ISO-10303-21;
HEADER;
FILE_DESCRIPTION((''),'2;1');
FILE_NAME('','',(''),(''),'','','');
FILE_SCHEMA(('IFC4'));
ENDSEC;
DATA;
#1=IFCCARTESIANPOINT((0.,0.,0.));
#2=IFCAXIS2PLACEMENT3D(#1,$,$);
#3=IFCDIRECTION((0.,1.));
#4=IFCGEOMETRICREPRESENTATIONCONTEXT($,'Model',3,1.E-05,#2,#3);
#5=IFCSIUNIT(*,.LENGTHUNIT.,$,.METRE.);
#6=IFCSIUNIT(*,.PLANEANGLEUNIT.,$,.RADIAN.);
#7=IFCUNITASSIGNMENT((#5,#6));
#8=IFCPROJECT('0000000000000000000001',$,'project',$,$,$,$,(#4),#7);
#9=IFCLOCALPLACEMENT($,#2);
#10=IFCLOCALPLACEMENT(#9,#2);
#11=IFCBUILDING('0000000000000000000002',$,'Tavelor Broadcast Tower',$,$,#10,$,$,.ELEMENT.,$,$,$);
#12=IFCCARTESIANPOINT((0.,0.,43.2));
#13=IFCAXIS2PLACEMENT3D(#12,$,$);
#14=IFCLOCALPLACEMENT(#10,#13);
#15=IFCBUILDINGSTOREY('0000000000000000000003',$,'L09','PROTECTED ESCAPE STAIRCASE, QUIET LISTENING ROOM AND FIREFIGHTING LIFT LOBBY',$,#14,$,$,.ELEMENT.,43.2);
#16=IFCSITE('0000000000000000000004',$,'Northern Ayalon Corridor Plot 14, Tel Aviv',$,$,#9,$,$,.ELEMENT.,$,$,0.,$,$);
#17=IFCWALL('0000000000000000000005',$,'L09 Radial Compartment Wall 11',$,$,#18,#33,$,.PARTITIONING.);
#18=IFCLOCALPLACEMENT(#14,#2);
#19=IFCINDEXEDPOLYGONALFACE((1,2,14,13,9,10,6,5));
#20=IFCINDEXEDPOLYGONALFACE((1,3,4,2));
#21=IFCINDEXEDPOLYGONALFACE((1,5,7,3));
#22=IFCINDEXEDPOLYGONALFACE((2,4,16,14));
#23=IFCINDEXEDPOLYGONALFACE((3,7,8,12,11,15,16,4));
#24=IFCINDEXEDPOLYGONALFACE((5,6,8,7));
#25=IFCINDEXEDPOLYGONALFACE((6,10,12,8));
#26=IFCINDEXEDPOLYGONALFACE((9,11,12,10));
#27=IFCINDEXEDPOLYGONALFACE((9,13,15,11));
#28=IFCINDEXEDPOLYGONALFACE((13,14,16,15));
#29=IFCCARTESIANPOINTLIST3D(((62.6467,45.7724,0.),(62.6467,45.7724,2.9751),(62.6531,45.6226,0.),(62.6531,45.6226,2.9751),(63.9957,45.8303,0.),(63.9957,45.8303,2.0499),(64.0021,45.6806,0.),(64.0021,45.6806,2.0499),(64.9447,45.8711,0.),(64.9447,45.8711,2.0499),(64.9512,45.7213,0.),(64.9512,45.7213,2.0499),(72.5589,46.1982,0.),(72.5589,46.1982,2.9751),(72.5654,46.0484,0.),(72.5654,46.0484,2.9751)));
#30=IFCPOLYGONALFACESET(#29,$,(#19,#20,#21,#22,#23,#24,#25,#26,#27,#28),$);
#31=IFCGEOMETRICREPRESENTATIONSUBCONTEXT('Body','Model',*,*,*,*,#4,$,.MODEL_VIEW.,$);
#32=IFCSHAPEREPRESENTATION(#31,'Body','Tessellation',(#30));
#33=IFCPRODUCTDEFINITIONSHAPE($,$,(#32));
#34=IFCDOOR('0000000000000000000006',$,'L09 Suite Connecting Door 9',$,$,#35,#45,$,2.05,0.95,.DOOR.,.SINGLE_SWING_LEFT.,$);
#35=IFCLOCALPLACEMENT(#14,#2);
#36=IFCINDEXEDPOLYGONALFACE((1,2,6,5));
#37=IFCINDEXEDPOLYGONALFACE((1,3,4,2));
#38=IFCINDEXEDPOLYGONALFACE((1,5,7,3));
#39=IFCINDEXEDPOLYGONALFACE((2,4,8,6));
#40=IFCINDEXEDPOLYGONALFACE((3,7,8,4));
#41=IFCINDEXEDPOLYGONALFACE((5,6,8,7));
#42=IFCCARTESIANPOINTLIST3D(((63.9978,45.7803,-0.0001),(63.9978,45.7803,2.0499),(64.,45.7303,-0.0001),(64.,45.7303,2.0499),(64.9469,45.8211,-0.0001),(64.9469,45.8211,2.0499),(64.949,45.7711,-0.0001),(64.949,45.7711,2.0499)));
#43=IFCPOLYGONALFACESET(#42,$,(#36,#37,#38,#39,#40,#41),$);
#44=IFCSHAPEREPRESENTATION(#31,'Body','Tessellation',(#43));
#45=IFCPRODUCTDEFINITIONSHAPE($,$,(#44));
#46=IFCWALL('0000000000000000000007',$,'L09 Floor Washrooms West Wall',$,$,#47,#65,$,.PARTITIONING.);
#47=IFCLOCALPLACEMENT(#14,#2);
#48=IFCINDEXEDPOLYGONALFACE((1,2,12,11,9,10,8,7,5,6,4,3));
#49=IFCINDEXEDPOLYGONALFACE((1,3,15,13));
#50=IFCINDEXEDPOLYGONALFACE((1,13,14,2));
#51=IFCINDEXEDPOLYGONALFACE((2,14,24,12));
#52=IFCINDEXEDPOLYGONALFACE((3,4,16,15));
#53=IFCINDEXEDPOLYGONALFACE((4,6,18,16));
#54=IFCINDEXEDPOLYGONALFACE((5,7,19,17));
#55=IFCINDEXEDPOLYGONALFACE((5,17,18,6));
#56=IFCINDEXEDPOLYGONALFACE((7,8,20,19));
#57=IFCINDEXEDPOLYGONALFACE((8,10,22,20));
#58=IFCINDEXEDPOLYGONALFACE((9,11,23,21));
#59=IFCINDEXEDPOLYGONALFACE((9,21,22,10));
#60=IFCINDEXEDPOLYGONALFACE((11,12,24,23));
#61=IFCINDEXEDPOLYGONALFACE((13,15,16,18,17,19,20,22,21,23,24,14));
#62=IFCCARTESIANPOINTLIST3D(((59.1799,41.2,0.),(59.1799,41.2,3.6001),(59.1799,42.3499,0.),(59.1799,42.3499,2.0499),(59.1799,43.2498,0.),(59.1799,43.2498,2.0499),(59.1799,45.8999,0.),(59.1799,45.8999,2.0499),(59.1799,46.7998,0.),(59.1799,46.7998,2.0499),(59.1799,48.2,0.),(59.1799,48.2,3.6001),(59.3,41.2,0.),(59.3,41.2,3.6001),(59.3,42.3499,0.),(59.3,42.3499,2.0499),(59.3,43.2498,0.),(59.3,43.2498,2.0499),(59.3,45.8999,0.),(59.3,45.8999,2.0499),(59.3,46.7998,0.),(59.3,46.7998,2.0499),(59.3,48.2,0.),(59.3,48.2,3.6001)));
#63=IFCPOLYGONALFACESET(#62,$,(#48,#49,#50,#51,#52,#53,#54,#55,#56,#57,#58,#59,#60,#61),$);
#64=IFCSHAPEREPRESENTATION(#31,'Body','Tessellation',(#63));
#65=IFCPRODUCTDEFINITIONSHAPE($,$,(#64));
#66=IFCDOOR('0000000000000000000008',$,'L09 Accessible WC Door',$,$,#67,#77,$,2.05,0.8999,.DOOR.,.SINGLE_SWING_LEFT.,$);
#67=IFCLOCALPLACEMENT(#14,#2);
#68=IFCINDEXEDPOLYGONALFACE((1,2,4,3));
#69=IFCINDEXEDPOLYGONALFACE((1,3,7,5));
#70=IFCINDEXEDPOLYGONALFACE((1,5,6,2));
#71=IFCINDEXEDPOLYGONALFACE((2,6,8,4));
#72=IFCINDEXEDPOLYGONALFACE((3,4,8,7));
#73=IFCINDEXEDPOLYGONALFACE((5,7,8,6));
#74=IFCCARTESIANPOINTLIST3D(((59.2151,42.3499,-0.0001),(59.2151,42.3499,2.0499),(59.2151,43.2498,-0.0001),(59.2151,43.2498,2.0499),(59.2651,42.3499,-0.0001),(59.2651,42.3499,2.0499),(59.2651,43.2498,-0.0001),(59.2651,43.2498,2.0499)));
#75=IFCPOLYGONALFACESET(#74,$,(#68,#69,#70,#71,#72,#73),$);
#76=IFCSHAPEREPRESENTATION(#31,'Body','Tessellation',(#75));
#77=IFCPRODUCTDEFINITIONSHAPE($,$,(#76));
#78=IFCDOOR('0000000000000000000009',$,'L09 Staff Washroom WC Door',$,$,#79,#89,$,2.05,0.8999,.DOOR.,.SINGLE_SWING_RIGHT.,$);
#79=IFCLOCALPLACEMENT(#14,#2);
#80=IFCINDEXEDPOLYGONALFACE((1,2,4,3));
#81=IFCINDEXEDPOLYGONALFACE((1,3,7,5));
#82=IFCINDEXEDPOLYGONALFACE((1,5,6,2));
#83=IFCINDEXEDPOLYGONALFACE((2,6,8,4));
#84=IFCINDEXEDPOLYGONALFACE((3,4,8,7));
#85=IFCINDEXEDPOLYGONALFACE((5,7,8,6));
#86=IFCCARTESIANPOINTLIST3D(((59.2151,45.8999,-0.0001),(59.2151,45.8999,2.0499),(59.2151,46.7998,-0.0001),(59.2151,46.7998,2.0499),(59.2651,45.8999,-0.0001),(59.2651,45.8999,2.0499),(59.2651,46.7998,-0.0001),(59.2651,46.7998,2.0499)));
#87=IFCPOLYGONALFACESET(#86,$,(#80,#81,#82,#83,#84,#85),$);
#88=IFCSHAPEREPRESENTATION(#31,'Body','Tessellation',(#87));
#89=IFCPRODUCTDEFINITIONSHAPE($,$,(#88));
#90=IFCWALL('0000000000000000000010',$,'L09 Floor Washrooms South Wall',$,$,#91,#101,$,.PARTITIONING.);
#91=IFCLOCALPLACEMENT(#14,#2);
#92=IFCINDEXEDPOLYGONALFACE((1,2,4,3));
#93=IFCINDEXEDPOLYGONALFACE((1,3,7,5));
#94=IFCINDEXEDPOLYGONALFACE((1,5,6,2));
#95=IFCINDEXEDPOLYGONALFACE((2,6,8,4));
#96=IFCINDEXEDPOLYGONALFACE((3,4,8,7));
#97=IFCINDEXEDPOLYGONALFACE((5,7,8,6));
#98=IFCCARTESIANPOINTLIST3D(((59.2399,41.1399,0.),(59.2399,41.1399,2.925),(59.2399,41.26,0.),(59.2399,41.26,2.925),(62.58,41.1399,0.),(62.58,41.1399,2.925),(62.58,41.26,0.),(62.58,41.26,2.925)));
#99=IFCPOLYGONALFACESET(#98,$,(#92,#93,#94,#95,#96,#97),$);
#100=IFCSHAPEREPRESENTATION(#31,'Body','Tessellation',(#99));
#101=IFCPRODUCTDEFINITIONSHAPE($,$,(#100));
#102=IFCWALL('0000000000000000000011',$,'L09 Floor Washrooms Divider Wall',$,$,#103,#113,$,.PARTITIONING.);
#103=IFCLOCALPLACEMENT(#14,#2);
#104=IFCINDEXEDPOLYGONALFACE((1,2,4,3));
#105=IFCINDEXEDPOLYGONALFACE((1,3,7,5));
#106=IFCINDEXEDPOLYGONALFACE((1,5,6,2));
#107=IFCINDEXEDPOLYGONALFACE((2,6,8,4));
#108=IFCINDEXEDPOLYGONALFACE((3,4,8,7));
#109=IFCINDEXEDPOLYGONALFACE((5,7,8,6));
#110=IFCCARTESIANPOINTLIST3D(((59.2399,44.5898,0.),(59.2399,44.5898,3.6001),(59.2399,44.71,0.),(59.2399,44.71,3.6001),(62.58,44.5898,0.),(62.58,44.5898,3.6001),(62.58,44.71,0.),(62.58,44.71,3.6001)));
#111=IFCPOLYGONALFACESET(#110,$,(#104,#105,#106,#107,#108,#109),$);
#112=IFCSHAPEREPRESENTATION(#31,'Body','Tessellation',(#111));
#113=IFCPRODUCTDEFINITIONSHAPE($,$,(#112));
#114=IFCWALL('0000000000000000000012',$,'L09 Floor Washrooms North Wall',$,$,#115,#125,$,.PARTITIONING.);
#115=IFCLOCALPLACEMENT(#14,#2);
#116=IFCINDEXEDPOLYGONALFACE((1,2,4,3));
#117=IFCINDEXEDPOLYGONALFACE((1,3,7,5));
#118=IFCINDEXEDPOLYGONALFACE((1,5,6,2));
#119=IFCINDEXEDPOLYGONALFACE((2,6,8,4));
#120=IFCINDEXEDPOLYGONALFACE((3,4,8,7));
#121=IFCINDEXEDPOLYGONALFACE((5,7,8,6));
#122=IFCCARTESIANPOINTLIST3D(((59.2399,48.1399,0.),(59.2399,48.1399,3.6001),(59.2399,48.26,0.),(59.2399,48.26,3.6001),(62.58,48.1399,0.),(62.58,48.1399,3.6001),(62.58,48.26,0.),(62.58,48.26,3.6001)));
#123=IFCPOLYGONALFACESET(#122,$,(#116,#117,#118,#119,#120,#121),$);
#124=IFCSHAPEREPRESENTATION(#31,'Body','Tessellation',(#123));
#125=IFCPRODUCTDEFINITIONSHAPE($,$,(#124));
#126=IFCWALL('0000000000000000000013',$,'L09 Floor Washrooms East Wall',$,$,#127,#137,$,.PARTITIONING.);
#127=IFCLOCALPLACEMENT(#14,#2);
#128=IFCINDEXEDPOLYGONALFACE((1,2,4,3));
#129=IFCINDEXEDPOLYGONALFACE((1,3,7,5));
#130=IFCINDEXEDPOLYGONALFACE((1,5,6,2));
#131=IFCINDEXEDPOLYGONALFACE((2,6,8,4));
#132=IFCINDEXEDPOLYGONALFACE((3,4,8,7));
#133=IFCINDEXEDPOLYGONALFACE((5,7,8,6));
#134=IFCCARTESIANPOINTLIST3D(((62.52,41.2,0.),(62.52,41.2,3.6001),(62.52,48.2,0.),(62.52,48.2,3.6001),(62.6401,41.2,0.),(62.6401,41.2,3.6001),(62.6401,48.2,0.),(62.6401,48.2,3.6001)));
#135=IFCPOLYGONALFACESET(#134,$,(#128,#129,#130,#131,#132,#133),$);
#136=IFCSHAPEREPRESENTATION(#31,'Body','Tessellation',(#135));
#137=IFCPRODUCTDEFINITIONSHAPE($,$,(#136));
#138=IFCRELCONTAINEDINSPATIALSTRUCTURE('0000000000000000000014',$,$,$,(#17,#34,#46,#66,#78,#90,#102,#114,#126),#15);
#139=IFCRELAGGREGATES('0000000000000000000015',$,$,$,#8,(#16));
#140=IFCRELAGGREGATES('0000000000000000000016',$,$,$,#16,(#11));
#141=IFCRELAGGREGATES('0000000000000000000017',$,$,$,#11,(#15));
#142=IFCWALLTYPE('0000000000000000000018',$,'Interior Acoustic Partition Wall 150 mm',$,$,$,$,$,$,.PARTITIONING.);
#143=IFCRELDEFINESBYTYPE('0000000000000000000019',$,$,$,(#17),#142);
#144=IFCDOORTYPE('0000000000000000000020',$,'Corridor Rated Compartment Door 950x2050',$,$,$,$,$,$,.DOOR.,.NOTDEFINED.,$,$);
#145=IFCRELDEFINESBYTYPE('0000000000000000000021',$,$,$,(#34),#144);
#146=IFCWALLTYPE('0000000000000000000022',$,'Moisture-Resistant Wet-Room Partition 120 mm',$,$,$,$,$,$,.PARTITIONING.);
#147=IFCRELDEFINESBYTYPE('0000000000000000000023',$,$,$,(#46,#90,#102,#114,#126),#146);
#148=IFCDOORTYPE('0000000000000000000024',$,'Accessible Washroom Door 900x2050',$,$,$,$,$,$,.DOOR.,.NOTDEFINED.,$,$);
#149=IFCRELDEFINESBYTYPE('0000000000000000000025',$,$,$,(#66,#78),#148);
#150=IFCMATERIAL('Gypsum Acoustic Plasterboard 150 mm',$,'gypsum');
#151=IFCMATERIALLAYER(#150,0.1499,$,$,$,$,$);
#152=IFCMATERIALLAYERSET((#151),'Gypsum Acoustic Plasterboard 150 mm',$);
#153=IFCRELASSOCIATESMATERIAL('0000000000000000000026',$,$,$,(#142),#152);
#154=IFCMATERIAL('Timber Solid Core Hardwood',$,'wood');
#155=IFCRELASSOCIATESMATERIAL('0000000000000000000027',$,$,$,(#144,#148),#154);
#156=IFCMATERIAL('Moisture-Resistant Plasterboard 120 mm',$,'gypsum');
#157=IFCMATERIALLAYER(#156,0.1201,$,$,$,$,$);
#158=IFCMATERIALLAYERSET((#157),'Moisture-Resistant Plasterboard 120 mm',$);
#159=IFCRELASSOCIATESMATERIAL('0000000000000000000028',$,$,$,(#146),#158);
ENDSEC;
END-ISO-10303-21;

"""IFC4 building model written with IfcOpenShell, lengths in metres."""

from ifc_helpers import new_model, si_unit, direction, frame, frame_2d, origin, place, context, subcontext, project, spatial, rectangle, extrude, material, layer, layer_set, type_object, element, fill, save


model = new_model("IFC4")

# Units and contexts
model_context = context("Model", 3, precision=1e-05, world=origin(), true_north=direction((0.0, 1.0)))
body_context = subcontext(model_context, "Body", "Model", "MODEL_VIEW")
ifc_project = project(units=[si_unit("LENGTHUNIT", "METRE"), si_unit("PLANEANGLEUNIT", "RADIAN")], contexts=[model_context])

# Site, building, storey
site_placement = place(None, origin())
site = spatial("IfcSite", under=ifc_project, at=site_placement, Name="Northern Ayalon Corridor Plot 14, Tel Aviv", CompositionType="ELEMENT", RefElevation=0.0)
building_placement = place(site_placement, origin())
building = spatial("IfcBuilding", under=site, at=building_placement, Name="Tavelor Broadcast Tower", CompositionType="ELEMENT")
storey_placement = place(building_placement, frame((0.0, 0.0, 43.2)))
storey = spatial("IfcBuildingStorey", under=building, at=storey_placement, Name="L09", Description="PROTECTED ESCAPE STAIRCASE, QUIET LISTENING ROOM AND FIREFIGHTING LIFT LOBBY", CompositionType="ELEMENT", Elevation=43.2)

# Shared definitions
ifc_material_1 = material(Name="Gypsum Acoustic Plasterboard 150 mm", Category="gypsum")
ifc_layer_1 = layer(ifc_material_1, 0.1499)
ifc_layer_set_1 = layer_set([ifc_layer_1], Name="Gypsum Acoustic Plasterboard 150 mm")
wall_type_1 = type_object("IfcWallType", Name="Interior Acoustic Partition Wall 150 mm", PredefinedType="PARTITIONING", material=ifc_layer_set_1)

# Wall, opening, door
wall_1_placement = place(storey_placement, frame((62.6499, 45.6975, 0.0), z_axis=(0.0, 0.0, 1.0), x_axis=(0.999079, 0.042915, 0.0)))
wall_1 = element("IfcWall", 1, at=wall_1_placement, inside=storey, type_object=wall_type_1, Name="L09 Radial Compartment Wall 11", PredefinedType="PARTITIONING", context=body_context, shape_type="SweptSolid", body=[
    extrude(rectangle(XDim=9.9214, YDim=0.1499, at=frame_2d((4.9607, 0.0))), origin(), (0.0, 0.0, 1.0), 2.9751),
])
opening_1_placement = place(wall_1_placement, frame((1.3501, 0.0, 0.0)))
opening_1 = element("IfcOpeningElement", 2, at=opening_1_placement, cuts=wall_1, PredefinedType="OPENING", context=body_context, shape_type="SweptSolid", body=[
    extrude(rectangle(XDim=0.95, YDim=2.05, at=frame_2d((0.4751, 1.0249))), frame((0.0, 0.085, 0.0), z_axis=(0.0, -1.0, 0.0), x_axis=(1.0, 0.0, 0.0)), (0.0, 0.0, 1.0), 0.1699),
])
ifc_material_2 = material(Name="Timber Solid Core Hardwood", Category="wood")
door_type_1 = type_object("IfcDoorType", Name="Corridor Rated Compartment Door 950x2050", OperationType="NOTDEFINED", PredefinedType="DOOR", material=ifc_material_2)
door_1_placement = place(opening_1_placement, origin())
door_1 = element("IfcDoor", 3, at=door_1_placement, inside=storey, type_object=door_type_1, Name="L09 Suite Connecting Door 9", OperationType="SINGLE_SWING_LEFT", OverallHeight=2.05, OverallWidth=0.95, PredefinedType="DOOR", context=body_context, shape_type="SweptSolid", body=[
    extrude(rectangle(XDim=0.95, YDim=2.05, at=frame_2d((0.4751, 1.0249))), frame((0.0, 0.0249, 0.0), z_axis=(0.0, -1.0, 0.0), x_axis=(1.0, 0.0, 0.0)), (0.0, 0.0, 1.0), 0.05),
])
fill(opening_1, door_1)

# Wall, openings, doors
ifc_material_3 = material(Name="Moisture-Resistant Plasterboard 120 mm", Category="gypsum")
ifc_layer_2 = layer(ifc_material_3, 0.1201)
ifc_layer_set_2 = layer_set([ifc_layer_2], Name="Moisture-Resistant Plasterboard 120 mm")
wall_type_2 = type_object("IfcWallType", Name="Moisture-Resistant Wet-Room Partition 120 mm", PredefinedType="PARTITIONING", material=ifc_layer_set_2)
wall_2_placement = place(storey_placement, frame((59.24, 41.2, 0.0), z_axis=(0.0, 0.0, 1.0), x_axis=(0.0, 1.0, 0.0)))
wall_2 = element("IfcWall", 4, at=wall_2_placement, inside=storey, type_object=wall_type_2, Name="L09 Floor Washrooms West Wall", PredefinedType="PARTITIONING", context=body_context, shape_type="SweptSolid", body=[
    extrude(rectangle(XDim=7.0, YDim=0.1201, at=frame_2d((3.5, 0.0))), origin(), (0.0, 0.0, 1.0), 3.6001),
])
opening_2_placement = place(wall_2_placement, frame((1.1499, 0.0, 0.0)))
opening_2 = element("IfcOpeningElement", 5, at=opening_2_placement, cuts=wall_2, PredefinedType="OPENING", context=body_context, shape_type="SweptSolid", body=[
    extrude(rectangle(XDim=0.8999, YDim=2.05, at=frame_2d((0.45, 1.0249))), frame((0.0, 0.0701, 0.0), z_axis=(0.0, -1.0, 0.0), x_axis=(1.0, 0.0, 0.0)), (0.0, 0.0, 1.0), 0.1401),
])
opening_3_placement = place(wall_2_placement, frame((4.7, 0.0, 0.0)))
opening_3 = element("IfcOpeningElement", 6, at=opening_3_placement, cuts=wall_2, PredefinedType="OPENING", context=body_context, shape_type="SweptSolid", body=[
    extrude(rectangle(XDim=0.8999, YDim=2.05, at=frame_2d((0.45, 1.0249))), frame((0.0, 0.0701, 0.0), z_axis=(0.0, -1.0, 0.0), x_axis=(1.0, 0.0, 0.0)), (0.0, 0.0, 1.0), 0.1401),
])
door_type_2 = type_object("IfcDoorType", Name="Accessible Washroom Door 900x2050", OperationType="NOTDEFINED", PredefinedType="DOOR", material=ifc_material_2)
door_2_placement = place(opening_2_placement, origin())
door_2 = element("IfcDoor", 7, at=door_2_placement, inside=storey, type_object=door_type_2, Name="L09 Accessible WC Door", OperationType="SINGLE_SWING_LEFT", OverallHeight=2.05, OverallWidth=0.8999, PredefinedType="DOOR", context=body_context, shape_type="SweptSolid", body=[
    extrude(rectangle(XDim=0.8999, YDim=2.05, at=frame_2d((0.45, 1.0249))), frame((0.0, 0.0249, 0.0), z_axis=(0.0, -1.0, 0.0), x_axis=(1.0, 0.0, 0.0)), (0.0, 0.0, 1.0), 0.05),
])
fill(opening_2, door_2)
door_3_placement = place(opening_3_placement, origin())
door_3 = element("IfcDoor", 8, at=door_3_placement, inside=storey, type_object=door_type_2, Name="L09 Staff Washroom WC Door", OperationType="SINGLE_SWING_RIGHT", OverallHeight=2.05, OverallWidth=0.8999, PredefinedType="DOOR", context=body_context, shape_type="SweptSolid", body=[
    extrude(rectangle(XDim=0.8999, YDim=2.05, at=frame_2d((0.45, 1.0249))), frame((0.0, 0.0249, 0.0), z_axis=(0.0, -1.0, 0.0), x_axis=(1.0, 0.0, 0.0)), (0.0, 0.0, 1.0), 0.05),
])
fill(opening_3, door_3)

# Walls
wall_3_placement = place(storey_placement, frame((59.24, 41.2, 0.0), z_axis=(0.0, 0.0, 1.0), x_axis=(1.0, 0.0, 0.0)))
element("IfcWall", 9, at=wall_3_placement, inside=storey, type_object=wall_type_2, Name="L09 Floor Washrooms South Wall", PredefinedType="PARTITIONING", context=body_context, shape_type="SweptSolid", body=[
    extrude(rectangle(XDim=3.3401, YDim=0.1201, at=frame_2d((1.6699, 0.0))), origin(), (0.0, 0.0, 1.0), 2.925),
])
for number, where, z_axis, x_axis, name in (
    (10, (59.24, 44.6499, 0.0), (0.0, 0.0, 1.0), (1.0, 0.0, 0.0), "L09 Floor Washrooms Divider Wall"),
    (11, (59.24, 48.2, 0.0), (0.0, 0.0, 1.0), (1.0, 0.0, 0.0), "L09 Floor Washrooms North Wall"),
):
    element("IfcWall", number, at=place(storey_placement, frame(where, z_axis=z_axis, x_axis=x_axis)), inside=storey, type_object=wall_type_2, Name=name, PredefinedType="PARTITIONING", context=body_context, shape_type="SweptSolid", body=[
        extrude(rectangle(XDim=3.3401, YDim=0.1201, at=frame_2d((1.6699, 0.0))), origin(), (0.0, 0.0, 1.0), 3.6001),
    ])
wall_4_placement = place(storey_placement, frame((62.5801, 41.2, 0.0), z_axis=(0.0, 0.0, 1.0), x_axis=(0.0, 1.0, 0.0)))
element("IfcWall", 12, at=wall_4_placement, inside=storey, type_object=wall_type_2, Name="L09 Floor Washrooms East Wall", PredefinedType="PARTITIONING", context=body_context, shape_type="SweptSolid", body=[
    extrude(rectangle(XDim=7.0, YDim=0.1201, at=frame_2d((3.5, 0.0))), origin(), (0.0, 0.0, 1.0), 3.6001),
])

save(model, "model.ifc")
